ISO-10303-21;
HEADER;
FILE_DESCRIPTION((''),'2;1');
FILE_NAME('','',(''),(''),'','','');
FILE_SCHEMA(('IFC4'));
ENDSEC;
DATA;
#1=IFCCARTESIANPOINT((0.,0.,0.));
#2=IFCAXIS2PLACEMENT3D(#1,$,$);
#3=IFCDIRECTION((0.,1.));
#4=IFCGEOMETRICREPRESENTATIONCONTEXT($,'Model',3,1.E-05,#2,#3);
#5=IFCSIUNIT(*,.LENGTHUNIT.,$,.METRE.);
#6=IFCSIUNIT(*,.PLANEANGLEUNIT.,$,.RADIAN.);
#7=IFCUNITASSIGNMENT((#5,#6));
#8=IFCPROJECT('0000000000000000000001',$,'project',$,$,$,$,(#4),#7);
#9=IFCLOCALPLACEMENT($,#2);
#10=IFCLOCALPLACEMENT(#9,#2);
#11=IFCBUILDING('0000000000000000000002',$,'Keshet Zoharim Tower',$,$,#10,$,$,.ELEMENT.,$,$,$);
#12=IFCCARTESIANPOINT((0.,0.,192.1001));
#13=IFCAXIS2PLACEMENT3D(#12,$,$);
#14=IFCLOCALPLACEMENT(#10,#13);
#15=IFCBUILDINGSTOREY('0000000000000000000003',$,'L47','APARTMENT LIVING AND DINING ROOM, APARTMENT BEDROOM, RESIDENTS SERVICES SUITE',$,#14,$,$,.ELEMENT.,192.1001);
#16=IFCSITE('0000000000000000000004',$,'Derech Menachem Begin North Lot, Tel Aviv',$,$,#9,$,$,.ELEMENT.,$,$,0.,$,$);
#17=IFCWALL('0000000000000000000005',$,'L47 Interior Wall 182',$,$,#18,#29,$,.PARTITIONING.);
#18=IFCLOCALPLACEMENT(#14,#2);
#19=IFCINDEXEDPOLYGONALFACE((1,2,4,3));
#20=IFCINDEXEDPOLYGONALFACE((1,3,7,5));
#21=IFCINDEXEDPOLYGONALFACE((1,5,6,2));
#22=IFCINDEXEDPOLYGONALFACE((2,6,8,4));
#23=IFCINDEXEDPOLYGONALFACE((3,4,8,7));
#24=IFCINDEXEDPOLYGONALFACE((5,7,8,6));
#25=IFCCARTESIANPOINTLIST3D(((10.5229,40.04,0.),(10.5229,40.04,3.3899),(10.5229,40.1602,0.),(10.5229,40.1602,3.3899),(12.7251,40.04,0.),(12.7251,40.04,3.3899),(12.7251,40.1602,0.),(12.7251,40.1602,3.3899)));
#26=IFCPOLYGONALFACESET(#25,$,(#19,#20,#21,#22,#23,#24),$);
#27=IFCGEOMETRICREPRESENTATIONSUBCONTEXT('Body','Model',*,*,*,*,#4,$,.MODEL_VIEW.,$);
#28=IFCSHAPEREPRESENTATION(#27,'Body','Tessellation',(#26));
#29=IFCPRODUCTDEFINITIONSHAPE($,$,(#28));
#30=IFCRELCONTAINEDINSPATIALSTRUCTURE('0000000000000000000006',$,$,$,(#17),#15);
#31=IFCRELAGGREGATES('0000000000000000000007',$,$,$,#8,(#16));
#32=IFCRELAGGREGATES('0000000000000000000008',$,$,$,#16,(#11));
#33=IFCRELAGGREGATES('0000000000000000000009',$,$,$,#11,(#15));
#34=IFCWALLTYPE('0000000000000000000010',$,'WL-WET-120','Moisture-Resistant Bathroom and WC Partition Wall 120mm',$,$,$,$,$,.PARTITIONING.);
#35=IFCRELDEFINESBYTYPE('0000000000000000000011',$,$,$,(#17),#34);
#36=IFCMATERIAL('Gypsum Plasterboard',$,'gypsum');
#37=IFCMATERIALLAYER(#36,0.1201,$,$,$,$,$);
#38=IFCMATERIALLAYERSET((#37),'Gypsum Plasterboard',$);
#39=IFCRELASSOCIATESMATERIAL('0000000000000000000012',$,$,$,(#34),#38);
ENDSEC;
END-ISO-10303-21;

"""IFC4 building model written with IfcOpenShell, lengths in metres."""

from ifc_helpers import new_model, si_unit, direction, frame, frame_2d, origin, place, context, subcontext, project, spatial, rectangle, extrude, material, layer, layer_set, type_object, element, save


model = new_model("IFC4")

# Units and contexts
model_context = context("Model", 3, precision=1e-05, world=origin(), true_north=direction((0.0, 1.0)))
body_context = subcontext(model_context, "Body", "Model", "MODEL_VIEW")
ifc_project = project(units=[si_unit("LENGTHUNIT", "METRE"), si_unit("PLANEANGLEUNIT", "RADIAN")], contexts=[model_context])

# Site, building, storey
site_placement = place(None, origin())
site = spatial("IfcSite", under=ifc_project, at=site_placement, Name="Derech Menachem Begin North Lot, Tel Aviv", CompositionType="ELEMENT", RefElevation=0.0)
building_placement = place(site_placement, origin())
building = spatial("IfcBuilding", under=site, at=building_placement, Name="Keshet Zoharim Tower", CompositionType="ELEMENT")
storey_placement = place(building_placement, frame((0.0, 0.0, 192.1001)))
storey = spatial("IfcBuildingStorey", under=building, at=storey_placement, Name="L47", Description="APARTMENT LIVING AND DINING ROOM, APARTMENT BEDROOM, RESIDENTS SERVICES SUITE", CompositionType="ELEMENT", Elevation=192.1001)

# Shared definitions
ifc_material_1 = material(Name="Gypsum Plasterboard", Category="gypsum")

# Wall
ifc_layer_1 = layer(ifc_material_1, 0.1201)
ifc_layer_set_1 = layer_set([ifc_layer_1], Name="Gypsum Plasterboard")
wall_type_1 = type_object("IfcWallType", Name="WL-WET-120", Description="Moisture-Resistant Bathroom and WC Partition Wall 120mm", PredefinedType="PARTITIONING", material=ifc_layer_set_1)
wall_1_placement = place(storey_placement, frame((10.5229, 40.1001, 0.0), z_axis=(0.0, 0.0, 1.0), x_axis=(1.0, 0.0, 0.0)))
element("IfcWall", 1, at=wall_1_placement, inside=storey, type_object=wall_type_1, Name="L47 Interior Wall 182", PredefinedType="PARTITIONING", context=body_context, shape_type="SweptSolid", body=[
    extrude(rectangle(XDim=2.2021, YDim=0.1201, at=frame_2d((1.1011, 0.0))), origin(), (0.0, 0.0, 1.0), 3.3899),
])

save(model, "model.ifc")
